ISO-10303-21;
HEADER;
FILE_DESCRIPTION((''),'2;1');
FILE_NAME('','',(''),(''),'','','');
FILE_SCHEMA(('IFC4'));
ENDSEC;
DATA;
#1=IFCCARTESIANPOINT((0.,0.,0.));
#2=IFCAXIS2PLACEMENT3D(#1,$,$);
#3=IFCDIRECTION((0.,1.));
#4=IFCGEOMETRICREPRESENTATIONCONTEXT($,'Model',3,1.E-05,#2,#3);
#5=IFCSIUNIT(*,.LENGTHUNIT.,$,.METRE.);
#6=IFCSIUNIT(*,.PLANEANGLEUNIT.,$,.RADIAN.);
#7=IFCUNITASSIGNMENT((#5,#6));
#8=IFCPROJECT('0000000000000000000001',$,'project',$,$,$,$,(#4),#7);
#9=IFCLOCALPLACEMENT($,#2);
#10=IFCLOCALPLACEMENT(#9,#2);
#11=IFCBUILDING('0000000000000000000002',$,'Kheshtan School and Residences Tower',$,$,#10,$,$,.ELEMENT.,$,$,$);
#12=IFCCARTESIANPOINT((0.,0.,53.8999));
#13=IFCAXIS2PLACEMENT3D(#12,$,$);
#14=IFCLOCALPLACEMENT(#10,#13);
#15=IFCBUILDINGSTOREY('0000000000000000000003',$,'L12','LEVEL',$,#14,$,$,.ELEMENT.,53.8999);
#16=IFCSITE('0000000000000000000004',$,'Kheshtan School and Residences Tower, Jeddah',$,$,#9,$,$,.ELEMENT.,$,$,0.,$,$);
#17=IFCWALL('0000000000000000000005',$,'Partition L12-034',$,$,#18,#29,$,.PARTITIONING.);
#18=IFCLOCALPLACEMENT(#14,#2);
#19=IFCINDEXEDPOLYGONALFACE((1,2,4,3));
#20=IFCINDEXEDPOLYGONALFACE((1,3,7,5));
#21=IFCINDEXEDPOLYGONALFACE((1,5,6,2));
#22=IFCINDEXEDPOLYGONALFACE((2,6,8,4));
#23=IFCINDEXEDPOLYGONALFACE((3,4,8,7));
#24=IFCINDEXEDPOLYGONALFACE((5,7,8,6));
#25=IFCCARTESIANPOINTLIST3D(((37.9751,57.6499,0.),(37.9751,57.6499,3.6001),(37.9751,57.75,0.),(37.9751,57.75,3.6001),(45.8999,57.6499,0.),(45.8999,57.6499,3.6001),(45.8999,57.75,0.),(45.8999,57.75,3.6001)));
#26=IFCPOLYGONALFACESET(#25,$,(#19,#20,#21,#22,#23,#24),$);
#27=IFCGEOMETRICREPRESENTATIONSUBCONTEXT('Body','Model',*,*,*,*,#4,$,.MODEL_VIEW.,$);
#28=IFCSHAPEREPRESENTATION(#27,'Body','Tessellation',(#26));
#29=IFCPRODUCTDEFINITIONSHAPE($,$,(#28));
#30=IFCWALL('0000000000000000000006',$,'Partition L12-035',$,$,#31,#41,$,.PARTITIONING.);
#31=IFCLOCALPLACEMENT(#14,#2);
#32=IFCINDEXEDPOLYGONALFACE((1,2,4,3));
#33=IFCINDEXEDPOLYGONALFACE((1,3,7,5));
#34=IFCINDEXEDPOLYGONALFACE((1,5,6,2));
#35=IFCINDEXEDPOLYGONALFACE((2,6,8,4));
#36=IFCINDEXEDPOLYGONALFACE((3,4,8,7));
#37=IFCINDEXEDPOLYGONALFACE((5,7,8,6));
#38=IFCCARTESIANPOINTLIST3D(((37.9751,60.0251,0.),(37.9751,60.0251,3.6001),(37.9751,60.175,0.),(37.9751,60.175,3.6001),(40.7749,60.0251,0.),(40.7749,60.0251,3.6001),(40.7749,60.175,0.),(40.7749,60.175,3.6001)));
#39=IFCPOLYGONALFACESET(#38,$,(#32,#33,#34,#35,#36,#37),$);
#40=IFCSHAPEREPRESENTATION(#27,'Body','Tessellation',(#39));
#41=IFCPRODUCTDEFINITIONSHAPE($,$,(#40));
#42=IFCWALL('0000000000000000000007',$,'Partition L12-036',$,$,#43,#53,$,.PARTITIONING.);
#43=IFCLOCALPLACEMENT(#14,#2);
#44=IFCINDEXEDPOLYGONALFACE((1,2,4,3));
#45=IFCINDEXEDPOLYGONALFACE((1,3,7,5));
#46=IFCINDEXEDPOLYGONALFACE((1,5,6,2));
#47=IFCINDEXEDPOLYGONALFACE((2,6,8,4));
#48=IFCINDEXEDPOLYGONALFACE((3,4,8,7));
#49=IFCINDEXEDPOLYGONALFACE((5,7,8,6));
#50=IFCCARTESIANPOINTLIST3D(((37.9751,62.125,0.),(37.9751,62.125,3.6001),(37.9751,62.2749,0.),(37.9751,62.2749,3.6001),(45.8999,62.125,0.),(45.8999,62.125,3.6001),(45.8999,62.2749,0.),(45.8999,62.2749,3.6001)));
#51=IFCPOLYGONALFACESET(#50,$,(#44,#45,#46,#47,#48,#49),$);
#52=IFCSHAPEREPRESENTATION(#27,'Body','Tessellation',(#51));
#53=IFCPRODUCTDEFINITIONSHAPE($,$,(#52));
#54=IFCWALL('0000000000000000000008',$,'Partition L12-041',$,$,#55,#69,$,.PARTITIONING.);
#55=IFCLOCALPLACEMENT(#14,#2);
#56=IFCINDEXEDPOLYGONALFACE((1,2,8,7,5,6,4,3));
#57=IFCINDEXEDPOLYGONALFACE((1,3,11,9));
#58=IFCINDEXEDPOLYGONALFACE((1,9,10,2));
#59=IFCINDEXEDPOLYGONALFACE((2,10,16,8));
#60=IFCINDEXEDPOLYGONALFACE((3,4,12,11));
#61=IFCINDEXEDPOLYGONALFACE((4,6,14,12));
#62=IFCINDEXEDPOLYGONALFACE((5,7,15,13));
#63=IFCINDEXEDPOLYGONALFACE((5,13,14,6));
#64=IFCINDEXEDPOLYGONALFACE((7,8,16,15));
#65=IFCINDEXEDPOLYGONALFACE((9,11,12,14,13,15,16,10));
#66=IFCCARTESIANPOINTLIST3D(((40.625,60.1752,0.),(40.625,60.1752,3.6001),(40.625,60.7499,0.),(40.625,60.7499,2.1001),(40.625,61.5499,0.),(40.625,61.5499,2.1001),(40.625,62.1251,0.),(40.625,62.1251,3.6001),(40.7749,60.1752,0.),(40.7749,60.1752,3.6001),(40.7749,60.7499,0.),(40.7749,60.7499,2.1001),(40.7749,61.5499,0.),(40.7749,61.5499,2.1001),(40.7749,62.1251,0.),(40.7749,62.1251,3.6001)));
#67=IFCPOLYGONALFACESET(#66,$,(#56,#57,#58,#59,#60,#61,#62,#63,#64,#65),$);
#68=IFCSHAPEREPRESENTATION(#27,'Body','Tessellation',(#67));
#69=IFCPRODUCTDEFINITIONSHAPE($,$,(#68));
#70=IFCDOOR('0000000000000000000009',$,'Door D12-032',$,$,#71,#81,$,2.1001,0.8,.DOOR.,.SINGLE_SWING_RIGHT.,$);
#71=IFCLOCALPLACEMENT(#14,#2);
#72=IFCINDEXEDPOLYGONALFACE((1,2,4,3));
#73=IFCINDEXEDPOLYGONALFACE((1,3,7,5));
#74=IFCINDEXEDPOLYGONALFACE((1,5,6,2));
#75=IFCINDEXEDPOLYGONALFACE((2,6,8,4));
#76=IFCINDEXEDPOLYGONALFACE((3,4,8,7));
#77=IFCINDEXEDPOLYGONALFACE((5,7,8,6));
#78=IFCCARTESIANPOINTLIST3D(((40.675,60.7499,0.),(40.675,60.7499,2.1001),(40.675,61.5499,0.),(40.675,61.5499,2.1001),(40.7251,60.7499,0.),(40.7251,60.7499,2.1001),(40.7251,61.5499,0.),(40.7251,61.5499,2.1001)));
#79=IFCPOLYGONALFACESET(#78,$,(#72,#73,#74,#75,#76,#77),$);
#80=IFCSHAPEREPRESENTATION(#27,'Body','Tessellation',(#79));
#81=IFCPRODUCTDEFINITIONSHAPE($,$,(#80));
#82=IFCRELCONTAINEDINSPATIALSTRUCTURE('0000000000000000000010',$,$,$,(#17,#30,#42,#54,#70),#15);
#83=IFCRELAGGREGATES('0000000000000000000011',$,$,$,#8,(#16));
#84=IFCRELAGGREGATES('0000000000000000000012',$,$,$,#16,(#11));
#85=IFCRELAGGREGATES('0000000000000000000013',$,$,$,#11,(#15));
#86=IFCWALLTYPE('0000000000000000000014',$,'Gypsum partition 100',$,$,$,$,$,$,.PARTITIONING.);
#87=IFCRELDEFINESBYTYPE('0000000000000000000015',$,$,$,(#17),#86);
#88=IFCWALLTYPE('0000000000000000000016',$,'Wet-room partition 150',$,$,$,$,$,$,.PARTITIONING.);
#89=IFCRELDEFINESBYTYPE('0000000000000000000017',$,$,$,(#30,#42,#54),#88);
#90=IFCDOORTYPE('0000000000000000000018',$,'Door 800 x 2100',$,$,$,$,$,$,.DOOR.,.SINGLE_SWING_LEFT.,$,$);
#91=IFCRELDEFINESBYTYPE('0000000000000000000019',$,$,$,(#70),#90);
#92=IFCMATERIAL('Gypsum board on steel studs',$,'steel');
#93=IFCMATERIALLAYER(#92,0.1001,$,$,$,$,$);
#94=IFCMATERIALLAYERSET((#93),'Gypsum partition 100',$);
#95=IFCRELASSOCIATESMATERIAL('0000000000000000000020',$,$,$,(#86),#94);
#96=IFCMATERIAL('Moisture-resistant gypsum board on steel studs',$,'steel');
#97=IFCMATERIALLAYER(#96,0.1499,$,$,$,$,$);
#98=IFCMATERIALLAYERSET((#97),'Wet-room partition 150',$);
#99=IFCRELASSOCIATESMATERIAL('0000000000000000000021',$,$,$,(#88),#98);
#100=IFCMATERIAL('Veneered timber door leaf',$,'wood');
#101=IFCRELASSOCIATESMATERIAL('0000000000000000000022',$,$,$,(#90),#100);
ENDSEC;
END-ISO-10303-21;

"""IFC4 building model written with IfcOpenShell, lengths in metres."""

from ifc_helpers import new_model, si_unit, direction, frame, frame_2d, origin, place, context, subcontext, project, spatial, rectangle, extrude, source, transform, mapped, material, layer, layer_set, type_object, element, fill, save


model = new_model("IFC4")

# Units and contexts
model_context = context("Model", 3, precision=1e-05, world=origin(), true_north=direction((0.0, 1.0)))
body_context = subcontext(model_context, "Body", "Model", "MODEL_VIEW")
ifc_project = project(units=[si_unit("LENGTHUNIT", "METRE"), si_unit("PLANEANGLEUNIT", "RADIAN")], contexts=[model_context])

# Site, building, storey
site_placement = place(None, origin())
site = spatial("IfcSite", under=ifc_project, at=site_placement, Name="Kheshtan School and Residences Tower, Jeddah", CompositionType="ELEMENT", RefElevation=0.0)
building_placement = place(site_placement, origin())
building = spatial("IfcBuilding", under=site, at=building_placement, Name="Kheshtan School and Residences Tower", CompositionType="ELEMENT")
storey_placement = place(building_placement, frame((0.0, 0.0, 53.8999)))
storey = spatial("IfcBuildingStorey", under=building, at=storey_placement, Name="L12", Description="LEVEL", CompositionType="ELEMENT", Elevation=53.8999)

# Walls
ifc_material_1 = material(Name="Gypsum board on steel studs", Category="steel")
ifc_layer_1 = layer(ifc_material_1, 0.1001)
ifc_layer_set_1 = layer_set([ifc_layer_1], Name="Gypsum partition 100")
wall_type_1 = type_object("IfcWallType", Name="Gypsum partition 100", PredefinedType="PARTITIONING", material=ifc_layer_set_1)
wall_1_placement = place(storey_placement, frame((37.9751, 57.7, 0.0), z_axis=(0.0, 0.0, 1.0), x_axis=(1.0, 0.0, 0.0)))
element("IfcWall", 1, at=wall_1_placement, inside=storey, type_object=wall_type_1, Name="Partition L12-034", PredefinedType="PARTITIONING", context=body_context, shape_type="SweptSolid", body=[
    extrude(rectangle(XDim=7.9248, YDim=0.1001, at=frame_2d((3.9624, 0.0))), origin(), (0.0, 0.0, 1.0), 3.6001),
])
ifc_material_2 = material(Name="Moisture-resistant gypsum board on steel studs", Category="steel")
ifc_layer_2 = layer(ifc_material_2, 0.1499)
ifc_layer_set_2 = layer_set([ifc_layer_2], Name="Wet-room partition 150")
wall_type_2 = type_object("IfcWallType", Name="Wet-room partition 150", PredefinedType="PARTITIONING", material=ifc_layer_set_2)
wall_2_placement = place(storey_placement, frame((37.9751, 60.1001, 0.0), z_axis=(0.0, 0.0, 1.0), x_axis=(1.0, 0.0, 0.0)))
element("IfcWall", 2, at=wall_2_placement, inside=storey, type_object=wall_type_2, Name="Partition L12-035", PredefinedType="PARTITIONING", context=body_context, shape_type="SweptSolid", body=[
    extrude(rectangle(XDim=2.7998, YDim=0.1499, at=frame_2d((1.3999, 0.0))), origin(), (0.0, 0.0, 1.0), 3.6001),
])
wall_3_placement = place(storey_placement, frame((37.9751, 62.2, 0.0), z_axis=(0.0, 0.0, 1.0), x_axis=(1.0, 0.0, 0.0)))
element("IfcWall", 3, at=wall_3_placement, inside=storey, type_object=wall_type_2, Name="Partition L12-036", PredefinedType="PARTITIONING", context=body_context, shape_type="SweptSolid", body=[
    extrude(rectangle(XDim=7.9248, YDim=0.1499, at=frame_2d((3.9624, 0.0))), origin(), (0.0, 0.0, 1.0), 3.6001),
])

# Wall, opening, door
wall_4_placement = place(storey_placement, frame((40.7, 60.175, 0.0), z_axis=(0.0, 0.0, 1.0), x_axis=(0.0, 1.0, 0.0)))
wall_4 = element("IfcWall", 4, at=wall_4_placement, inside=storey, type_object=wall_type_2, Name="Partition L12-041", PredefinedType="PARTITIONING", context=body_context, shape_type="SweptSolid", body=[
    extrude(rectangle(XDim=1.95, YDim=0.1499, at=frame_2d((0.9751, 0.0))), origin(), (0.0, 0.0, 1.0), 3.6001),
])
opening_placement = place(wall_4_placement, frame((0.575, 0.0, 0.0)))
opening = element("IfcOpeningElement", 5, at=opening_placement, cuts=wall_4, PredefinedType="OPENING", context=body_context, shape_type="SweptSolid", body=[
    extrude(rectangle(XDim=0.8, YDim=2.1001, at=frame_2d((0.3999, 1.05))), frame((0.0, 0.085, 0.0), z_axis=(0.0, -1.0, 0.0), x_axis=(1.0, 0.0, 0.0)), (0.0, 0.0, 1.0), 0.1699),
])
ifc_material_3 = material(Name="Veneered timber door leaf", Category="wood")
door_type = type_object("IfcDoorType", Name="Door 800 x 2100", OperationType="SINGLE_SWING_LEFT", PredefinedType="DOOR", material=ifc_material_3)
shared_shape = source(origin(), body_context, "Body", "SweptSolid", [
    extrude(rectangle(XDim=0.8, YDim=2.1001, at=frame_2d((0.3999, 1.05))), frame((0.0, 0.0249, 0.0), z_axis=(0.0, -1.0, 0.0), x_axis=(1.0, 0.0, 0.0)), (0.0, 0.0, 1.0), 0.05),
])
door_placement = place(opening_placement, origin())
door = element("IfcDoor", 6, at=door_placement, inside=storey, type_object=door_type, Name="Door D12-032", OperationType="SINGLE_SWING_RIGHT", OverallHeight=2.1001, OverallWidth=0.8, PredefinedType="DOOR", context=body_context, shape_type="MappedRepresentation", body=[
    mapped(shared_shape, transform((0.0, 0.0, 0.0), x_axis=(1.0, 0.0, 0.0), y_axis=(0.0, 1.0, 0.0), z_axis=(0.0, 0.0, 1.0), scale=1.0)),
])
fill(opening, door)

save(model, "model.ifc")
